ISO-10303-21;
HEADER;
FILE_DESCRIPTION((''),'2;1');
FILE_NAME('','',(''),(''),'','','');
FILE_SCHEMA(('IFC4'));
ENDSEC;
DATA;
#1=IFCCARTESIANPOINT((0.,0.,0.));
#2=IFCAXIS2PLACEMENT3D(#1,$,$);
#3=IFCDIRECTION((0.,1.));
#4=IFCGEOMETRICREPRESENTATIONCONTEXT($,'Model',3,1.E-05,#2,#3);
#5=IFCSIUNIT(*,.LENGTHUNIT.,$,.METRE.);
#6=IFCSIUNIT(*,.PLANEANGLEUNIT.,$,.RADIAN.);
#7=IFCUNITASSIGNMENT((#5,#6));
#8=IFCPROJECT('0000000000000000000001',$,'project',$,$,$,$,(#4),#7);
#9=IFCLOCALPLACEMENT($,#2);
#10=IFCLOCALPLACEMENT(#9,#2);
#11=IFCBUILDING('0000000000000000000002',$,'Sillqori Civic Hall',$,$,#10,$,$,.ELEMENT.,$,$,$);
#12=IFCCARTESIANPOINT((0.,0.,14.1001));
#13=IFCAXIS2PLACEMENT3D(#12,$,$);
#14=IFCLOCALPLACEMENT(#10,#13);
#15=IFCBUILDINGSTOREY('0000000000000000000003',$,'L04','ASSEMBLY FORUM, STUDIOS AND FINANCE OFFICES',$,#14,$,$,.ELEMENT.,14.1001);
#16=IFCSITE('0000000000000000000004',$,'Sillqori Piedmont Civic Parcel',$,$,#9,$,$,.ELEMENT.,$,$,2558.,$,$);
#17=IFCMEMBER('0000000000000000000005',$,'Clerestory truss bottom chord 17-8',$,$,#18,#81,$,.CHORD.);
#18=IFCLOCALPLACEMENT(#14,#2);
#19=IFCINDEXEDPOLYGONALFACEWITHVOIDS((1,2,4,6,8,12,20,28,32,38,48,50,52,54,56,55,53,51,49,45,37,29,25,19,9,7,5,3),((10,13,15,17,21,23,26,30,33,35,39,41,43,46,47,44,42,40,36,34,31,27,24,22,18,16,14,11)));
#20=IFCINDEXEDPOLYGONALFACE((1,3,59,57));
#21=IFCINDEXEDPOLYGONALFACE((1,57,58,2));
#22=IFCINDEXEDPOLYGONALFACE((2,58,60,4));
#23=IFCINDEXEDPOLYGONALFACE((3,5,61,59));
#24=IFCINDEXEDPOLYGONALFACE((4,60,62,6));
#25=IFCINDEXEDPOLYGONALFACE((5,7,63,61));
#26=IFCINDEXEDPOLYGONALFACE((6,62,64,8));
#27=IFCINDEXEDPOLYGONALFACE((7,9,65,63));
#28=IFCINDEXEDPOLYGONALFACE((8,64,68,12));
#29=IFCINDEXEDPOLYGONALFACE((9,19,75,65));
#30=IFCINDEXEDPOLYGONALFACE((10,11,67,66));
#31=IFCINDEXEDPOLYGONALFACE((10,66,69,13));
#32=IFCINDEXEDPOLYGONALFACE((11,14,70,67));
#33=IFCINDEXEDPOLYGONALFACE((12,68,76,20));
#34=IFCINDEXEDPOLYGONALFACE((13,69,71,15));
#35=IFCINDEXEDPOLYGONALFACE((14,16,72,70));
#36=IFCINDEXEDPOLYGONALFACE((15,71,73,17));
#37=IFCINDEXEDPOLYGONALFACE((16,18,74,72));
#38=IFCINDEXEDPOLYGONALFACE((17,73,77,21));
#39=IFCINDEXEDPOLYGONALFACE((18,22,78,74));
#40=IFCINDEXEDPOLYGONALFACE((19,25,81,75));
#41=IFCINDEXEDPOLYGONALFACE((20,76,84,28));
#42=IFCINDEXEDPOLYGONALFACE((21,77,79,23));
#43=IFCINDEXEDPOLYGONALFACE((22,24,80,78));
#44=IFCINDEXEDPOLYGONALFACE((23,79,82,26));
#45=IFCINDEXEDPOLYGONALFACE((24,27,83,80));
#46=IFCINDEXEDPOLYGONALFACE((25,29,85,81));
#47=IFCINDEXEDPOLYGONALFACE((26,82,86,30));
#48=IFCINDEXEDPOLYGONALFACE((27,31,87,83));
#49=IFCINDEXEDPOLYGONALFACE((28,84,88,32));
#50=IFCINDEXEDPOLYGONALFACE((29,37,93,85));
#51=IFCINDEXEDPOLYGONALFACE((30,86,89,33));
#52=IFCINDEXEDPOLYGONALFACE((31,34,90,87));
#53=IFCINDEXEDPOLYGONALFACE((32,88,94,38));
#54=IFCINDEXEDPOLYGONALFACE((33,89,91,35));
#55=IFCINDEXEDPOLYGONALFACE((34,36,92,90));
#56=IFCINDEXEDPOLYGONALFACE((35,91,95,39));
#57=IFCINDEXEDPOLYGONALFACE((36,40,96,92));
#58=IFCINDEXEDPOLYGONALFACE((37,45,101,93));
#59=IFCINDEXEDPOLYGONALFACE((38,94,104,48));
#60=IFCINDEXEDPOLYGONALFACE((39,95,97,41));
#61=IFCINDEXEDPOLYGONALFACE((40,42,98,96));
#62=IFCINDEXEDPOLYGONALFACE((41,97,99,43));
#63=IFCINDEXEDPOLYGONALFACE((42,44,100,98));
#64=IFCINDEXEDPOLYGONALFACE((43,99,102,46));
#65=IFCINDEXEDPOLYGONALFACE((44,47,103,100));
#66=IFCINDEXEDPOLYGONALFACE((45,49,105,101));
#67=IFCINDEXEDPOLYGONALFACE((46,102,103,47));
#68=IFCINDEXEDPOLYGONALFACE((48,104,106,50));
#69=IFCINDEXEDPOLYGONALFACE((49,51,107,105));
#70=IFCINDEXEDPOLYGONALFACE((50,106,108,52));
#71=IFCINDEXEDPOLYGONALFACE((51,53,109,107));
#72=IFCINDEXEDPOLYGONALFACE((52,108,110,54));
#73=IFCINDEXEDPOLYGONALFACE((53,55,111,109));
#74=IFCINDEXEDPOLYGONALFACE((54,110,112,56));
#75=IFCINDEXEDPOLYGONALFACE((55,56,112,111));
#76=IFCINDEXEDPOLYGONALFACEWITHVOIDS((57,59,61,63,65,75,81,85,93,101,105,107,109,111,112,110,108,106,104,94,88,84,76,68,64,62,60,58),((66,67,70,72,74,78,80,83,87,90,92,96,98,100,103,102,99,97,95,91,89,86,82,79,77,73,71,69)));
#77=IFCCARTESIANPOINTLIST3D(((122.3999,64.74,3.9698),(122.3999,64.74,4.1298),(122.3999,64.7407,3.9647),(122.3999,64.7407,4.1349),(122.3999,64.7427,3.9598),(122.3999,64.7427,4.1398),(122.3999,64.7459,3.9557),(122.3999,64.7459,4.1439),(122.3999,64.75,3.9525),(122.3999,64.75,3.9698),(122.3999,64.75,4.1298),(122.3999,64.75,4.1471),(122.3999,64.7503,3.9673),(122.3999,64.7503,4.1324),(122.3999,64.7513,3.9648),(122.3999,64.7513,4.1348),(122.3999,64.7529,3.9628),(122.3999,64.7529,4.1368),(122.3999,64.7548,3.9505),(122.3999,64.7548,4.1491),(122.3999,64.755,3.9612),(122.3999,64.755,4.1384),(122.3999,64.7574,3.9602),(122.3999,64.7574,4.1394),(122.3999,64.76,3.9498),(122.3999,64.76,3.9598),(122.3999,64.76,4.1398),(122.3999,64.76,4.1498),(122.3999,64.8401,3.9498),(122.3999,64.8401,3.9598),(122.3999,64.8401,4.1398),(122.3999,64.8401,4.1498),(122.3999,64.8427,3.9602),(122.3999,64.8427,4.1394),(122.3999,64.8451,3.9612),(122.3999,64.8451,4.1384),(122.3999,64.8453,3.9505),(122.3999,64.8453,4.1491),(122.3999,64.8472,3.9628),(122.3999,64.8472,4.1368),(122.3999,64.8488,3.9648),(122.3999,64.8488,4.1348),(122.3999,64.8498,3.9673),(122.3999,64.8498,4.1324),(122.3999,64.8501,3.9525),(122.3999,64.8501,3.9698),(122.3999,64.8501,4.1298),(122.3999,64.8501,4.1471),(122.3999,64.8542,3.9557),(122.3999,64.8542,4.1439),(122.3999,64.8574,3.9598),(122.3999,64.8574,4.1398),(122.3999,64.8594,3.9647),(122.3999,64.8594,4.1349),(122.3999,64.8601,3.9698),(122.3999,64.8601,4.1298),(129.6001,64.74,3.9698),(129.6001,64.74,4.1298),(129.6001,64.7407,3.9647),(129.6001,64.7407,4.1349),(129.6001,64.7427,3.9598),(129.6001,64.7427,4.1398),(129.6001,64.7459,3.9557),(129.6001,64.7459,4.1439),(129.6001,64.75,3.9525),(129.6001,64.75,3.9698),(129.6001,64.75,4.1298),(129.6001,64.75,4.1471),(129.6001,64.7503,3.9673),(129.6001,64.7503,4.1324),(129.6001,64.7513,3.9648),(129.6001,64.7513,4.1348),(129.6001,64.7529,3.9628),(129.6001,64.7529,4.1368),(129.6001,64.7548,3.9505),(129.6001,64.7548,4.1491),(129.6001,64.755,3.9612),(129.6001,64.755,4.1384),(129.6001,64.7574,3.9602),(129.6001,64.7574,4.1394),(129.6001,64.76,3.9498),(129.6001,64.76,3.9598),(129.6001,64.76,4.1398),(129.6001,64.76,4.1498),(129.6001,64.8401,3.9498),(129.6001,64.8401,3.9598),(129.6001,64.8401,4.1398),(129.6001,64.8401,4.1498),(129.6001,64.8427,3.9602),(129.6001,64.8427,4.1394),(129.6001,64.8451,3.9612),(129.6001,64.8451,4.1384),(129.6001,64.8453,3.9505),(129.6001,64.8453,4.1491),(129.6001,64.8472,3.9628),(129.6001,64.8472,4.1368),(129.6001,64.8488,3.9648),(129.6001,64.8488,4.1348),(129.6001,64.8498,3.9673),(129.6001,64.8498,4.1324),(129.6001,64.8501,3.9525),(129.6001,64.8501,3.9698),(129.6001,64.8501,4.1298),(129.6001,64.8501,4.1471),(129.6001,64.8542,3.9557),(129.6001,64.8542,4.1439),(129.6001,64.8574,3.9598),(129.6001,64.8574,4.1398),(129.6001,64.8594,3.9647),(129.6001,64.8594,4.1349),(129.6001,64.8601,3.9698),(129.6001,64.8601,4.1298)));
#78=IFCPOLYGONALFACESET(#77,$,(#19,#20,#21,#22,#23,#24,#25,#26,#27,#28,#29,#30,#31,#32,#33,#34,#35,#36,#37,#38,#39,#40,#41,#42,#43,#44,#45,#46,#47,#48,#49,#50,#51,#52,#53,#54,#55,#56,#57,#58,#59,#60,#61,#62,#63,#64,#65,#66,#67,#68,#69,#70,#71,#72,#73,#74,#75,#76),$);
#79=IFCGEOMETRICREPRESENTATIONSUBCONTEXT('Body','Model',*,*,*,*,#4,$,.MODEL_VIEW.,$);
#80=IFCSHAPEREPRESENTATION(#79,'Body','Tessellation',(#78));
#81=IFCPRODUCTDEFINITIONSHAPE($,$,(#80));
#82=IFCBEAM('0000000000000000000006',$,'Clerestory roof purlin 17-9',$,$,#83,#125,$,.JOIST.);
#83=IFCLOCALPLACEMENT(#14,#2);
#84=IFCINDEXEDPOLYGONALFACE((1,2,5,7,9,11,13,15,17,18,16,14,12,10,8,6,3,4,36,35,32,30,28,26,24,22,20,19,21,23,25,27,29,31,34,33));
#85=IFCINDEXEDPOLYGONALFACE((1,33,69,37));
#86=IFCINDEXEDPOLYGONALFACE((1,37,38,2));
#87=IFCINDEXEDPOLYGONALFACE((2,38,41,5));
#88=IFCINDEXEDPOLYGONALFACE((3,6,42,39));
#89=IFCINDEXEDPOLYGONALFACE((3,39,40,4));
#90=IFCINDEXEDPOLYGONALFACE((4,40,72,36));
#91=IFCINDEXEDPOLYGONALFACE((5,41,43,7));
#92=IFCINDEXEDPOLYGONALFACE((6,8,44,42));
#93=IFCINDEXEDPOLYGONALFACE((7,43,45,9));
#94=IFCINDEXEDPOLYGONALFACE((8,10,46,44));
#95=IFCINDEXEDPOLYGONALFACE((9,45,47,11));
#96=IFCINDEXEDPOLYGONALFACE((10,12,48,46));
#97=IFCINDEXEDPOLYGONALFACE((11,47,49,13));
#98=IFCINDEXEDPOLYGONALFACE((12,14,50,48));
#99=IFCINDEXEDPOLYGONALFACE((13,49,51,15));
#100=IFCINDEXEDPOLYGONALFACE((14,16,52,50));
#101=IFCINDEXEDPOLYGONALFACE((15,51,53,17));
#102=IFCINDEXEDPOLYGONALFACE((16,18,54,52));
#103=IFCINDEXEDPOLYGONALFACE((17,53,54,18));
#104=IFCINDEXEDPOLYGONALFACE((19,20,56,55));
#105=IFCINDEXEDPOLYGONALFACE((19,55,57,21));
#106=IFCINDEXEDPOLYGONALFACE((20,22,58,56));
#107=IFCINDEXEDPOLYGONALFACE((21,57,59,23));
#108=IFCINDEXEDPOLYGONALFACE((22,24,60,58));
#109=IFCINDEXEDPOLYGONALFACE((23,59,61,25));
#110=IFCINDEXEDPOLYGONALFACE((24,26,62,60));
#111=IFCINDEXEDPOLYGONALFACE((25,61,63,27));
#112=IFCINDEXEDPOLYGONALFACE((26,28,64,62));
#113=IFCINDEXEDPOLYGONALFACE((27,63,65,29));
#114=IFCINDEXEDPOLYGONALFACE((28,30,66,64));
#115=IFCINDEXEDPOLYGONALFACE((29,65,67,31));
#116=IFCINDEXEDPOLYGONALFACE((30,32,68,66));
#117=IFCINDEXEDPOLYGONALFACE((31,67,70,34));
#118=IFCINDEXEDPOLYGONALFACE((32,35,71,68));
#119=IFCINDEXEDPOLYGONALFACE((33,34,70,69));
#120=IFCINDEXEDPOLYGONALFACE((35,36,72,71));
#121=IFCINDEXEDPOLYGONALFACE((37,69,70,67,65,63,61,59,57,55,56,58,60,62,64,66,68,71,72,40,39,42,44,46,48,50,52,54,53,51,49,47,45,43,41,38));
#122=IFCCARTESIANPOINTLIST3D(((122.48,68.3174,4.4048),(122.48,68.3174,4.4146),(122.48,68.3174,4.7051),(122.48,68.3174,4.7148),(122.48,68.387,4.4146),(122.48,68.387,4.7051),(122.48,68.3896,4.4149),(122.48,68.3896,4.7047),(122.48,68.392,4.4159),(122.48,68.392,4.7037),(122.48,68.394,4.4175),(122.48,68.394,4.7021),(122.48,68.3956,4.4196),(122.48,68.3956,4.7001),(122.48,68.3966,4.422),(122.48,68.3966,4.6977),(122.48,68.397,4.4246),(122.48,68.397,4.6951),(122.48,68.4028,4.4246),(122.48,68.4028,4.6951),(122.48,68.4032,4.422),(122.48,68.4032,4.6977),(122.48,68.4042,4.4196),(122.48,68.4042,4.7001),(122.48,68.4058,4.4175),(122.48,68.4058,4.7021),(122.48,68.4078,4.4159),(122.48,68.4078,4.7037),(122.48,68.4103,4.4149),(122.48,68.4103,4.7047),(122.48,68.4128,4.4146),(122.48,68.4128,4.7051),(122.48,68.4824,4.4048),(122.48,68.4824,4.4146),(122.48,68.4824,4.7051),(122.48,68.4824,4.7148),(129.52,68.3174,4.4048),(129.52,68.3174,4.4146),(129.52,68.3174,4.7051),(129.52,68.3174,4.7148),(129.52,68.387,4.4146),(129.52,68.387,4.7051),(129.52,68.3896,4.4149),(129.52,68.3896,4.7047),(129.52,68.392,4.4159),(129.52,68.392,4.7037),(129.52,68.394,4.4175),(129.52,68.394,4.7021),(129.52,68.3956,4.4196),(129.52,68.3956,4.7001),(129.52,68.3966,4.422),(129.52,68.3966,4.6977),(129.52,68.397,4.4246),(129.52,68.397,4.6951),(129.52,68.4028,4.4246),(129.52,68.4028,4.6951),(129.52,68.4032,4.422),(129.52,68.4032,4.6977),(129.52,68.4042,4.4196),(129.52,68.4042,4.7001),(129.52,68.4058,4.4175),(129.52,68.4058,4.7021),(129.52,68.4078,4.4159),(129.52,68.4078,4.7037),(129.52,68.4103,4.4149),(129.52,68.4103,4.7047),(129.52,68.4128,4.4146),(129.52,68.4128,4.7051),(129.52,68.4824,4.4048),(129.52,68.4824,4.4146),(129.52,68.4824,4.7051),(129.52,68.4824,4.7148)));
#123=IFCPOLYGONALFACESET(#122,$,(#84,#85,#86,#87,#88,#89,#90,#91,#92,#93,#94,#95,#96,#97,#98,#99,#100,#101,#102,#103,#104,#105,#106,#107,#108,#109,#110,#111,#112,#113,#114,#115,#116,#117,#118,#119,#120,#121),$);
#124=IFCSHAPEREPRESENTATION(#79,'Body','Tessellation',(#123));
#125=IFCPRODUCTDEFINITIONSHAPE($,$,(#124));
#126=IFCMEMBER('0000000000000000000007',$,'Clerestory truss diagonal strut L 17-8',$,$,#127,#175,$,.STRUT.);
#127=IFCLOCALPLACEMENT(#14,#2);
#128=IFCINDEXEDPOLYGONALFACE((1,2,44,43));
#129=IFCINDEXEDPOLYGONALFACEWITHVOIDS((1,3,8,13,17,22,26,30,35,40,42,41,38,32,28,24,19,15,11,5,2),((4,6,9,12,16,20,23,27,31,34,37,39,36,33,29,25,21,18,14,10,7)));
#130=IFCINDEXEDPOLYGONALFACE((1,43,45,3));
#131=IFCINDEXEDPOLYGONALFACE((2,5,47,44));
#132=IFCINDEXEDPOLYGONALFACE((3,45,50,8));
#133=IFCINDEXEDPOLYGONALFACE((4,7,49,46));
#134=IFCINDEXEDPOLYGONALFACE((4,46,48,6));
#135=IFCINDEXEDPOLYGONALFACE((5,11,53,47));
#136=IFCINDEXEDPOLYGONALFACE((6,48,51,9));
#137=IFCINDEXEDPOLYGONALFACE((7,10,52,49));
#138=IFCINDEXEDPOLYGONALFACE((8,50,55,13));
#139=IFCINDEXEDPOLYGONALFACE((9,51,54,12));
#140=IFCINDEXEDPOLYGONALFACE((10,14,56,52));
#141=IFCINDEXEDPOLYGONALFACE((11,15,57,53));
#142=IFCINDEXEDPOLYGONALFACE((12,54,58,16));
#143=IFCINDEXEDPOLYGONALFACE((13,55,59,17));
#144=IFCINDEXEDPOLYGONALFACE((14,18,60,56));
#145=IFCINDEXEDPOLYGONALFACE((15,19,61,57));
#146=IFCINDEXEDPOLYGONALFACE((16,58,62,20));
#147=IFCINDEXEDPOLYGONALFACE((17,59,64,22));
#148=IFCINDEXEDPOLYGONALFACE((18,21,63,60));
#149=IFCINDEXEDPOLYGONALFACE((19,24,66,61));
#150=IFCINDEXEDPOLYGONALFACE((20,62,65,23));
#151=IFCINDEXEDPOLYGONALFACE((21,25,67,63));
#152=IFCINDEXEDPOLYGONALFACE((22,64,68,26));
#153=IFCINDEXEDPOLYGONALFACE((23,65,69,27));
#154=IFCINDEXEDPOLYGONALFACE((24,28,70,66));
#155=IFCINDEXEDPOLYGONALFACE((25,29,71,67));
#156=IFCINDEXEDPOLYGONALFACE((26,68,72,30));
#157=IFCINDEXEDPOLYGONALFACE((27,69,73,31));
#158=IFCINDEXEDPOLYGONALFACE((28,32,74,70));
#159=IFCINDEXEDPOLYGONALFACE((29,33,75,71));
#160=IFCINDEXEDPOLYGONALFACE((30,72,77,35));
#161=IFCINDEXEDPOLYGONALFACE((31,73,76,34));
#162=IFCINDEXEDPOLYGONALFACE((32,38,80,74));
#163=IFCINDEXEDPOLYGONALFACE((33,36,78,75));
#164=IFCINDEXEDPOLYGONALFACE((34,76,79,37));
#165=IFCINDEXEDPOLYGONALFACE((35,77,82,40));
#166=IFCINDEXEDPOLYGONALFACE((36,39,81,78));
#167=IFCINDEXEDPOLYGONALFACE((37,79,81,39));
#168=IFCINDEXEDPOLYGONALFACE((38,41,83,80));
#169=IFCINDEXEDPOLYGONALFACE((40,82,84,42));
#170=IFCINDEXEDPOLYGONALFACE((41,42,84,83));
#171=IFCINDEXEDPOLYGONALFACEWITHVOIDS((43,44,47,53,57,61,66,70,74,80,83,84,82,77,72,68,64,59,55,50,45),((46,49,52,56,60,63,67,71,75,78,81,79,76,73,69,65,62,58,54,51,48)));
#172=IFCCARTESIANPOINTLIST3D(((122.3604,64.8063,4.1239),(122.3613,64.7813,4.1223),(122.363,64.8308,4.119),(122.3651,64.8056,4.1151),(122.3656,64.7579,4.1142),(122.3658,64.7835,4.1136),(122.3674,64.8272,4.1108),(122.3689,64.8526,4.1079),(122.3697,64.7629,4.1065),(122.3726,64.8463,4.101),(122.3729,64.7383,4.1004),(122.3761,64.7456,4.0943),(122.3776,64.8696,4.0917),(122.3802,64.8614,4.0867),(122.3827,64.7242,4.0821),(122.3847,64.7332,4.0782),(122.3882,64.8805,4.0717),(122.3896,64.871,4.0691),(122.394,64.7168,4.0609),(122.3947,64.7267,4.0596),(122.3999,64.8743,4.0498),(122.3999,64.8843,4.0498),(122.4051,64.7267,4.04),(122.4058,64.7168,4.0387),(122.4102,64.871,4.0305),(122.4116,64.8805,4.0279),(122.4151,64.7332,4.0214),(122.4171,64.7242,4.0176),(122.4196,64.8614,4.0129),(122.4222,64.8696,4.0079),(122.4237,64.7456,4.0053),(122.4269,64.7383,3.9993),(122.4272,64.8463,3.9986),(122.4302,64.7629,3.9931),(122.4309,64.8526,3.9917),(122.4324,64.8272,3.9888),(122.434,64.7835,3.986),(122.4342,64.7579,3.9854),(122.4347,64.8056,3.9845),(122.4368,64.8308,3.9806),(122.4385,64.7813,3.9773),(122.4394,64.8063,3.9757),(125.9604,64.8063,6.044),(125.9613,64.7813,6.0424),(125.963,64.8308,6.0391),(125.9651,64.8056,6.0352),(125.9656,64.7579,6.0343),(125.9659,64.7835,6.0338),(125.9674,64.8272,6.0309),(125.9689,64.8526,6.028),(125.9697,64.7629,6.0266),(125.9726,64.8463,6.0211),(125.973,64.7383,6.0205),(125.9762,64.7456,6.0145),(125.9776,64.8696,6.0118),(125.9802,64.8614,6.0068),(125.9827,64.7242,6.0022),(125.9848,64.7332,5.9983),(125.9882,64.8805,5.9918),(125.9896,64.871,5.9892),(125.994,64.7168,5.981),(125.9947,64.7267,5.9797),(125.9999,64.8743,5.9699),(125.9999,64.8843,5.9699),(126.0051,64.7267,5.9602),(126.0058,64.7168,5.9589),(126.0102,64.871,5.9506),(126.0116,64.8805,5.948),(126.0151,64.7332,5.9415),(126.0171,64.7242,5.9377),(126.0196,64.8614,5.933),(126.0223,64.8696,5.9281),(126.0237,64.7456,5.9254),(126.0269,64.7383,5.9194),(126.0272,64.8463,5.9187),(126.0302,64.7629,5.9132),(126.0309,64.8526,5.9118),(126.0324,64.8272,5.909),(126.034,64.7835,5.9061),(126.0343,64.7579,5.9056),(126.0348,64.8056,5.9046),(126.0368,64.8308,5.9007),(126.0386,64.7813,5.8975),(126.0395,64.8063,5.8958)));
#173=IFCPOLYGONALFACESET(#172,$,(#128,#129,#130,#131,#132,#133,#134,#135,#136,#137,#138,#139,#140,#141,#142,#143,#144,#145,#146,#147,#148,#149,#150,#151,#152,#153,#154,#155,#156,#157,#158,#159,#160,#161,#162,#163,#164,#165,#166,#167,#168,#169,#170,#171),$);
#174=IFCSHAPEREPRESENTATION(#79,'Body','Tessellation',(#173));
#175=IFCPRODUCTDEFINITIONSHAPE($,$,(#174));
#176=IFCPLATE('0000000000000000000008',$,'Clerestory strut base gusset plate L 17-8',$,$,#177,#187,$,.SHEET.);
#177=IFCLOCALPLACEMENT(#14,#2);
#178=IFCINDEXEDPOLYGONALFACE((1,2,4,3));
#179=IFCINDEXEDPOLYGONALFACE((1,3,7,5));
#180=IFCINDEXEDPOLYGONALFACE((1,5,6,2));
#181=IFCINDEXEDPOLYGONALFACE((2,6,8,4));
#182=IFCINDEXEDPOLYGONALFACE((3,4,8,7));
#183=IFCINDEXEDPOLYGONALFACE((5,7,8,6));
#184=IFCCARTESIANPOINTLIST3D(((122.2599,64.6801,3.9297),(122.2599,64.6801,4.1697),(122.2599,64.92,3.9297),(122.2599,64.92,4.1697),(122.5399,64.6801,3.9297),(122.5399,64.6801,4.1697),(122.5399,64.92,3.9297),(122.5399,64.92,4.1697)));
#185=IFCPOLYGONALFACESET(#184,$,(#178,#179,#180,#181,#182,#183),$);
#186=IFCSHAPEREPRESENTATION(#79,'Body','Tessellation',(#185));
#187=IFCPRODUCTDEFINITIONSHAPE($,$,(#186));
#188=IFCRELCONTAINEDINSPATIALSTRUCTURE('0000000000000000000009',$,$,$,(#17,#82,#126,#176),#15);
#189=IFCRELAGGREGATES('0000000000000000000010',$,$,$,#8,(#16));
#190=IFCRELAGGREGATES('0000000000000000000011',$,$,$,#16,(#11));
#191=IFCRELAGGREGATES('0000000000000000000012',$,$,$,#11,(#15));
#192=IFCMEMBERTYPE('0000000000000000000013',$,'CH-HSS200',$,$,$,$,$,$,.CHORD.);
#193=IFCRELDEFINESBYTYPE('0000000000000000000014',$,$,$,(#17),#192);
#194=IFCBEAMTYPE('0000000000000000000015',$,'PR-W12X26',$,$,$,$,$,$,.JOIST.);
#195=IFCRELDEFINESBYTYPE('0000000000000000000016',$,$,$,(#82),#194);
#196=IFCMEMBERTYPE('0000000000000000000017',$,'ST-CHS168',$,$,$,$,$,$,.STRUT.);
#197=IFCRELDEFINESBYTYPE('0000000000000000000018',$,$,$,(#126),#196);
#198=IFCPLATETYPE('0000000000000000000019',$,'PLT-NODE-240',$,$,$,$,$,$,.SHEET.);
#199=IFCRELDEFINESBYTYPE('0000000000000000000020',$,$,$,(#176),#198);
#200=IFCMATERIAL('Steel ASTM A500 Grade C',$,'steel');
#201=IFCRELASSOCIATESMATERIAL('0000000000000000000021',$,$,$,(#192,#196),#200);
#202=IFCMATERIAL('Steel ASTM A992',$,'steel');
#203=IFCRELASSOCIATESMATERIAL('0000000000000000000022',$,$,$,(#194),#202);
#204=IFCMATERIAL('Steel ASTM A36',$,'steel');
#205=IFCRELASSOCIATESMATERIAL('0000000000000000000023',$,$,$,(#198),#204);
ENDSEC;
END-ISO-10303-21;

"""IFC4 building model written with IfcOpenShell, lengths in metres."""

from ifc_helpers import new_model, si_unit, direction, frame, origin, origin_2d, place, context, subcontext, project, spatial, rectangle, hollow_rectangle, hollow_circle, i_section, extrude, material, material_profile, profile_set, type_object, element, save


model = new_model("IFC4")

# Units and contexts
model_context = context("Model", 3, precision=1e-05, world=origin(), true_north=direction((0.0, 1.0)))
body_context = subcontext(model_context, "Body", "Model", "MODEL_VIEW")
ifc_project = project(units=[si_unit("LENGTHUNIT", "METRE"), si_unit("PLANEANGLEUNIT", "RADIAN")], contexts=[model_context])

# Site, building, storey
site_placement = place(None, origin())
site = spatial("IfcSite", under=ifc_project, at=site_placement, Name="Sillqori Piedmont Civic Parcel", CompositionType="ELEMENT", RefElevation=2558.0)
building_placement = place(site_placement, origin())
building = spatial("IfcBuilding", under=site, at=building_placement, Name="Sillqori Civic Hall", CompositionType="ELEMENT")
storey_placement = place(building_placement, frame((0.0, 0.0, 14.1001)))
storey = spatial("IfcBuildingStorey", under=building, at=storey_placement, Name="L04", Description="ASSEMBLY FORUM, STUDIOS AND FINANCE OFFICES", CompositionType="ELEMENT", Elevation=14.1001)

# Shared definitions
ifc_material_1 = material(Name="Steel ASTM A992", Category="steel")

# Member
ifc_material_2 = material(Name="Steel ASTM A500 Grade C", Category="steel")
ifc_material_profile_1 = material_profile(ifc_material_2, hollow_rectangle(XDim=0.1201, YDim=0.2, WallThickness=0.01, InnerFilletRadius=0.01, OuterFilletRadius=0.02, at=origin_2d()), Name="HSS200X120X10")
ifc_profile_set_1 = profile_set([ifc_material_profile_1], Name="Steel ASTM A500 Grade C")
member_type_1 = type_object("IfcMemberType", Name="CH-HSS200", PredefinedType="CHORD", material=ifc_profile_set_1)
for number, where, z_axis, x_axis, name in (
    (1, (122.3999, 64.8, 4.0498), (1.0, 0.0, 0.0), (0.0, 1.0, 0.0), "Clerestory truss bottom chord 17-8"),
):
    element("IfcMember", number, at=place(storey_placement, frame(where, z_axis=z_axis, x_axis=x_axis)), inside=storey, type_object=member_type_1, Name=name, PredefinedType="CHORD", context=body_context, shape_type="SweptSolid", body=[
        extrude(hollow_rectangle(XDim=0.1201, YDim=0.2, WallThickness=0.01, InnerFilletRadius=0.01, OuterFilletRadius=0.02, at=origin_2d()), origin(), (0.0, 0.0, 1.0), 7.2002),
    ])

# Beam
ifc_material_profile_2 = material_profile(ifc_material_1, i_section(OverallWidth=0.165, OverallDepth=0.3101, WebThickness=0.0059, FlangeThickness=0.0098, FilletRadius=0.01, at=origin_2d()), Name="W12X26")
ifc_profile_set_2 = profile_set([ifc_material_profile_2], Name="Steel ASTM A992")
beam_type_1 = type_object("IfcBeamType", Name="PR-W12X26", PredefinedType="JOIST", material=ifc_profile_set_2)
beam_1_placement = place(storey_placement, frame((122.48, 68.3999, 4.5598), z_axis=(1.0, 0.0, 0.0), x_axis=(0.0, 1.0, 0.0)))
element("IfcBeam", 2, at=beam_1_placement, inside=storey, type_object=beam_type_1, Name="Clerestory roof purlin 17-9", PredefinedType="JOIST", context=body_context, shape_type="SweptSolid", body=[
    extrude(i_section(OverallWidth=0.165, OverallDepth=0.3101, WebThickness=0.0059, FlangeThickness=0.0098, FilletRadius=0.01, at=origin_2d()), origin(), (0.0, 0.0, 1.0), 7.04),
])

# Member
ifc_material_profile_3 = material_profile(ifc_material_2, hollow_circle(Radius=0.0842, WallThickness=0.01, at=origin_2d()), Name="CHS168X10")
ifc_profile_set_3 = profile_set([ifc_material_profile_3], Name="Steel ASTM A500 Grade C")
member_type_2 = type_object("IfcMemberType", Name="ST-CHS168", PredefinedType="STRUT", material=ifc_profile_set_3)
member_1_placement = place(storey_placement, frame((122.3999, 64.8, 4.0498), z_axis=(0.882341, 0.0, 0.47061), x_axis=(0.0, 1.0, 0.0)))
element("IfcMember", 3, at=member_1_placement, inside=storey, type_object=member_type_2, Name="Clerestory truss diagonal strut L 17-8", PredefinedType="STRUT", context=body_context, shape_type="SweptSolid", body=[
    extrude(hollow_circle(Radius=0.0842, WallThickness=0.01, at=origin_2d()), origin(), (0.0, 0.0, 1.0), 4.0801),
])

# Plate
ifc_material_3 = material(Name="Steel ASTM A36", Category="steel")
plate_type_1 = type_object("IfcPlateType", Name="PLT-NODE-240", PredefinedType="SHEET", material=ifc_material_3)
plate_1_placement = place(storey_placement, frame((122.3999, 64.8, 3.9297), z_axis=(0.0, 0.0, 1.0), x_axis=(1.0, 0.0, 0.0)))
element("IfcPlate", 4, at=plate_1_placement, inside=storey, type_object=plate_type_1, Name="Clerestory strut base gusset plate L 17-8", PredefinedType="SHEET", context=body_context, shape_type="SweptSolid", body=[
    extrude(rectangle(XDim=0.28, YDim=0.24, at=origin_2d()), origin(), (0.0, 0.0, 1.0), 0.24),
])

save(model, "model.ifc")
